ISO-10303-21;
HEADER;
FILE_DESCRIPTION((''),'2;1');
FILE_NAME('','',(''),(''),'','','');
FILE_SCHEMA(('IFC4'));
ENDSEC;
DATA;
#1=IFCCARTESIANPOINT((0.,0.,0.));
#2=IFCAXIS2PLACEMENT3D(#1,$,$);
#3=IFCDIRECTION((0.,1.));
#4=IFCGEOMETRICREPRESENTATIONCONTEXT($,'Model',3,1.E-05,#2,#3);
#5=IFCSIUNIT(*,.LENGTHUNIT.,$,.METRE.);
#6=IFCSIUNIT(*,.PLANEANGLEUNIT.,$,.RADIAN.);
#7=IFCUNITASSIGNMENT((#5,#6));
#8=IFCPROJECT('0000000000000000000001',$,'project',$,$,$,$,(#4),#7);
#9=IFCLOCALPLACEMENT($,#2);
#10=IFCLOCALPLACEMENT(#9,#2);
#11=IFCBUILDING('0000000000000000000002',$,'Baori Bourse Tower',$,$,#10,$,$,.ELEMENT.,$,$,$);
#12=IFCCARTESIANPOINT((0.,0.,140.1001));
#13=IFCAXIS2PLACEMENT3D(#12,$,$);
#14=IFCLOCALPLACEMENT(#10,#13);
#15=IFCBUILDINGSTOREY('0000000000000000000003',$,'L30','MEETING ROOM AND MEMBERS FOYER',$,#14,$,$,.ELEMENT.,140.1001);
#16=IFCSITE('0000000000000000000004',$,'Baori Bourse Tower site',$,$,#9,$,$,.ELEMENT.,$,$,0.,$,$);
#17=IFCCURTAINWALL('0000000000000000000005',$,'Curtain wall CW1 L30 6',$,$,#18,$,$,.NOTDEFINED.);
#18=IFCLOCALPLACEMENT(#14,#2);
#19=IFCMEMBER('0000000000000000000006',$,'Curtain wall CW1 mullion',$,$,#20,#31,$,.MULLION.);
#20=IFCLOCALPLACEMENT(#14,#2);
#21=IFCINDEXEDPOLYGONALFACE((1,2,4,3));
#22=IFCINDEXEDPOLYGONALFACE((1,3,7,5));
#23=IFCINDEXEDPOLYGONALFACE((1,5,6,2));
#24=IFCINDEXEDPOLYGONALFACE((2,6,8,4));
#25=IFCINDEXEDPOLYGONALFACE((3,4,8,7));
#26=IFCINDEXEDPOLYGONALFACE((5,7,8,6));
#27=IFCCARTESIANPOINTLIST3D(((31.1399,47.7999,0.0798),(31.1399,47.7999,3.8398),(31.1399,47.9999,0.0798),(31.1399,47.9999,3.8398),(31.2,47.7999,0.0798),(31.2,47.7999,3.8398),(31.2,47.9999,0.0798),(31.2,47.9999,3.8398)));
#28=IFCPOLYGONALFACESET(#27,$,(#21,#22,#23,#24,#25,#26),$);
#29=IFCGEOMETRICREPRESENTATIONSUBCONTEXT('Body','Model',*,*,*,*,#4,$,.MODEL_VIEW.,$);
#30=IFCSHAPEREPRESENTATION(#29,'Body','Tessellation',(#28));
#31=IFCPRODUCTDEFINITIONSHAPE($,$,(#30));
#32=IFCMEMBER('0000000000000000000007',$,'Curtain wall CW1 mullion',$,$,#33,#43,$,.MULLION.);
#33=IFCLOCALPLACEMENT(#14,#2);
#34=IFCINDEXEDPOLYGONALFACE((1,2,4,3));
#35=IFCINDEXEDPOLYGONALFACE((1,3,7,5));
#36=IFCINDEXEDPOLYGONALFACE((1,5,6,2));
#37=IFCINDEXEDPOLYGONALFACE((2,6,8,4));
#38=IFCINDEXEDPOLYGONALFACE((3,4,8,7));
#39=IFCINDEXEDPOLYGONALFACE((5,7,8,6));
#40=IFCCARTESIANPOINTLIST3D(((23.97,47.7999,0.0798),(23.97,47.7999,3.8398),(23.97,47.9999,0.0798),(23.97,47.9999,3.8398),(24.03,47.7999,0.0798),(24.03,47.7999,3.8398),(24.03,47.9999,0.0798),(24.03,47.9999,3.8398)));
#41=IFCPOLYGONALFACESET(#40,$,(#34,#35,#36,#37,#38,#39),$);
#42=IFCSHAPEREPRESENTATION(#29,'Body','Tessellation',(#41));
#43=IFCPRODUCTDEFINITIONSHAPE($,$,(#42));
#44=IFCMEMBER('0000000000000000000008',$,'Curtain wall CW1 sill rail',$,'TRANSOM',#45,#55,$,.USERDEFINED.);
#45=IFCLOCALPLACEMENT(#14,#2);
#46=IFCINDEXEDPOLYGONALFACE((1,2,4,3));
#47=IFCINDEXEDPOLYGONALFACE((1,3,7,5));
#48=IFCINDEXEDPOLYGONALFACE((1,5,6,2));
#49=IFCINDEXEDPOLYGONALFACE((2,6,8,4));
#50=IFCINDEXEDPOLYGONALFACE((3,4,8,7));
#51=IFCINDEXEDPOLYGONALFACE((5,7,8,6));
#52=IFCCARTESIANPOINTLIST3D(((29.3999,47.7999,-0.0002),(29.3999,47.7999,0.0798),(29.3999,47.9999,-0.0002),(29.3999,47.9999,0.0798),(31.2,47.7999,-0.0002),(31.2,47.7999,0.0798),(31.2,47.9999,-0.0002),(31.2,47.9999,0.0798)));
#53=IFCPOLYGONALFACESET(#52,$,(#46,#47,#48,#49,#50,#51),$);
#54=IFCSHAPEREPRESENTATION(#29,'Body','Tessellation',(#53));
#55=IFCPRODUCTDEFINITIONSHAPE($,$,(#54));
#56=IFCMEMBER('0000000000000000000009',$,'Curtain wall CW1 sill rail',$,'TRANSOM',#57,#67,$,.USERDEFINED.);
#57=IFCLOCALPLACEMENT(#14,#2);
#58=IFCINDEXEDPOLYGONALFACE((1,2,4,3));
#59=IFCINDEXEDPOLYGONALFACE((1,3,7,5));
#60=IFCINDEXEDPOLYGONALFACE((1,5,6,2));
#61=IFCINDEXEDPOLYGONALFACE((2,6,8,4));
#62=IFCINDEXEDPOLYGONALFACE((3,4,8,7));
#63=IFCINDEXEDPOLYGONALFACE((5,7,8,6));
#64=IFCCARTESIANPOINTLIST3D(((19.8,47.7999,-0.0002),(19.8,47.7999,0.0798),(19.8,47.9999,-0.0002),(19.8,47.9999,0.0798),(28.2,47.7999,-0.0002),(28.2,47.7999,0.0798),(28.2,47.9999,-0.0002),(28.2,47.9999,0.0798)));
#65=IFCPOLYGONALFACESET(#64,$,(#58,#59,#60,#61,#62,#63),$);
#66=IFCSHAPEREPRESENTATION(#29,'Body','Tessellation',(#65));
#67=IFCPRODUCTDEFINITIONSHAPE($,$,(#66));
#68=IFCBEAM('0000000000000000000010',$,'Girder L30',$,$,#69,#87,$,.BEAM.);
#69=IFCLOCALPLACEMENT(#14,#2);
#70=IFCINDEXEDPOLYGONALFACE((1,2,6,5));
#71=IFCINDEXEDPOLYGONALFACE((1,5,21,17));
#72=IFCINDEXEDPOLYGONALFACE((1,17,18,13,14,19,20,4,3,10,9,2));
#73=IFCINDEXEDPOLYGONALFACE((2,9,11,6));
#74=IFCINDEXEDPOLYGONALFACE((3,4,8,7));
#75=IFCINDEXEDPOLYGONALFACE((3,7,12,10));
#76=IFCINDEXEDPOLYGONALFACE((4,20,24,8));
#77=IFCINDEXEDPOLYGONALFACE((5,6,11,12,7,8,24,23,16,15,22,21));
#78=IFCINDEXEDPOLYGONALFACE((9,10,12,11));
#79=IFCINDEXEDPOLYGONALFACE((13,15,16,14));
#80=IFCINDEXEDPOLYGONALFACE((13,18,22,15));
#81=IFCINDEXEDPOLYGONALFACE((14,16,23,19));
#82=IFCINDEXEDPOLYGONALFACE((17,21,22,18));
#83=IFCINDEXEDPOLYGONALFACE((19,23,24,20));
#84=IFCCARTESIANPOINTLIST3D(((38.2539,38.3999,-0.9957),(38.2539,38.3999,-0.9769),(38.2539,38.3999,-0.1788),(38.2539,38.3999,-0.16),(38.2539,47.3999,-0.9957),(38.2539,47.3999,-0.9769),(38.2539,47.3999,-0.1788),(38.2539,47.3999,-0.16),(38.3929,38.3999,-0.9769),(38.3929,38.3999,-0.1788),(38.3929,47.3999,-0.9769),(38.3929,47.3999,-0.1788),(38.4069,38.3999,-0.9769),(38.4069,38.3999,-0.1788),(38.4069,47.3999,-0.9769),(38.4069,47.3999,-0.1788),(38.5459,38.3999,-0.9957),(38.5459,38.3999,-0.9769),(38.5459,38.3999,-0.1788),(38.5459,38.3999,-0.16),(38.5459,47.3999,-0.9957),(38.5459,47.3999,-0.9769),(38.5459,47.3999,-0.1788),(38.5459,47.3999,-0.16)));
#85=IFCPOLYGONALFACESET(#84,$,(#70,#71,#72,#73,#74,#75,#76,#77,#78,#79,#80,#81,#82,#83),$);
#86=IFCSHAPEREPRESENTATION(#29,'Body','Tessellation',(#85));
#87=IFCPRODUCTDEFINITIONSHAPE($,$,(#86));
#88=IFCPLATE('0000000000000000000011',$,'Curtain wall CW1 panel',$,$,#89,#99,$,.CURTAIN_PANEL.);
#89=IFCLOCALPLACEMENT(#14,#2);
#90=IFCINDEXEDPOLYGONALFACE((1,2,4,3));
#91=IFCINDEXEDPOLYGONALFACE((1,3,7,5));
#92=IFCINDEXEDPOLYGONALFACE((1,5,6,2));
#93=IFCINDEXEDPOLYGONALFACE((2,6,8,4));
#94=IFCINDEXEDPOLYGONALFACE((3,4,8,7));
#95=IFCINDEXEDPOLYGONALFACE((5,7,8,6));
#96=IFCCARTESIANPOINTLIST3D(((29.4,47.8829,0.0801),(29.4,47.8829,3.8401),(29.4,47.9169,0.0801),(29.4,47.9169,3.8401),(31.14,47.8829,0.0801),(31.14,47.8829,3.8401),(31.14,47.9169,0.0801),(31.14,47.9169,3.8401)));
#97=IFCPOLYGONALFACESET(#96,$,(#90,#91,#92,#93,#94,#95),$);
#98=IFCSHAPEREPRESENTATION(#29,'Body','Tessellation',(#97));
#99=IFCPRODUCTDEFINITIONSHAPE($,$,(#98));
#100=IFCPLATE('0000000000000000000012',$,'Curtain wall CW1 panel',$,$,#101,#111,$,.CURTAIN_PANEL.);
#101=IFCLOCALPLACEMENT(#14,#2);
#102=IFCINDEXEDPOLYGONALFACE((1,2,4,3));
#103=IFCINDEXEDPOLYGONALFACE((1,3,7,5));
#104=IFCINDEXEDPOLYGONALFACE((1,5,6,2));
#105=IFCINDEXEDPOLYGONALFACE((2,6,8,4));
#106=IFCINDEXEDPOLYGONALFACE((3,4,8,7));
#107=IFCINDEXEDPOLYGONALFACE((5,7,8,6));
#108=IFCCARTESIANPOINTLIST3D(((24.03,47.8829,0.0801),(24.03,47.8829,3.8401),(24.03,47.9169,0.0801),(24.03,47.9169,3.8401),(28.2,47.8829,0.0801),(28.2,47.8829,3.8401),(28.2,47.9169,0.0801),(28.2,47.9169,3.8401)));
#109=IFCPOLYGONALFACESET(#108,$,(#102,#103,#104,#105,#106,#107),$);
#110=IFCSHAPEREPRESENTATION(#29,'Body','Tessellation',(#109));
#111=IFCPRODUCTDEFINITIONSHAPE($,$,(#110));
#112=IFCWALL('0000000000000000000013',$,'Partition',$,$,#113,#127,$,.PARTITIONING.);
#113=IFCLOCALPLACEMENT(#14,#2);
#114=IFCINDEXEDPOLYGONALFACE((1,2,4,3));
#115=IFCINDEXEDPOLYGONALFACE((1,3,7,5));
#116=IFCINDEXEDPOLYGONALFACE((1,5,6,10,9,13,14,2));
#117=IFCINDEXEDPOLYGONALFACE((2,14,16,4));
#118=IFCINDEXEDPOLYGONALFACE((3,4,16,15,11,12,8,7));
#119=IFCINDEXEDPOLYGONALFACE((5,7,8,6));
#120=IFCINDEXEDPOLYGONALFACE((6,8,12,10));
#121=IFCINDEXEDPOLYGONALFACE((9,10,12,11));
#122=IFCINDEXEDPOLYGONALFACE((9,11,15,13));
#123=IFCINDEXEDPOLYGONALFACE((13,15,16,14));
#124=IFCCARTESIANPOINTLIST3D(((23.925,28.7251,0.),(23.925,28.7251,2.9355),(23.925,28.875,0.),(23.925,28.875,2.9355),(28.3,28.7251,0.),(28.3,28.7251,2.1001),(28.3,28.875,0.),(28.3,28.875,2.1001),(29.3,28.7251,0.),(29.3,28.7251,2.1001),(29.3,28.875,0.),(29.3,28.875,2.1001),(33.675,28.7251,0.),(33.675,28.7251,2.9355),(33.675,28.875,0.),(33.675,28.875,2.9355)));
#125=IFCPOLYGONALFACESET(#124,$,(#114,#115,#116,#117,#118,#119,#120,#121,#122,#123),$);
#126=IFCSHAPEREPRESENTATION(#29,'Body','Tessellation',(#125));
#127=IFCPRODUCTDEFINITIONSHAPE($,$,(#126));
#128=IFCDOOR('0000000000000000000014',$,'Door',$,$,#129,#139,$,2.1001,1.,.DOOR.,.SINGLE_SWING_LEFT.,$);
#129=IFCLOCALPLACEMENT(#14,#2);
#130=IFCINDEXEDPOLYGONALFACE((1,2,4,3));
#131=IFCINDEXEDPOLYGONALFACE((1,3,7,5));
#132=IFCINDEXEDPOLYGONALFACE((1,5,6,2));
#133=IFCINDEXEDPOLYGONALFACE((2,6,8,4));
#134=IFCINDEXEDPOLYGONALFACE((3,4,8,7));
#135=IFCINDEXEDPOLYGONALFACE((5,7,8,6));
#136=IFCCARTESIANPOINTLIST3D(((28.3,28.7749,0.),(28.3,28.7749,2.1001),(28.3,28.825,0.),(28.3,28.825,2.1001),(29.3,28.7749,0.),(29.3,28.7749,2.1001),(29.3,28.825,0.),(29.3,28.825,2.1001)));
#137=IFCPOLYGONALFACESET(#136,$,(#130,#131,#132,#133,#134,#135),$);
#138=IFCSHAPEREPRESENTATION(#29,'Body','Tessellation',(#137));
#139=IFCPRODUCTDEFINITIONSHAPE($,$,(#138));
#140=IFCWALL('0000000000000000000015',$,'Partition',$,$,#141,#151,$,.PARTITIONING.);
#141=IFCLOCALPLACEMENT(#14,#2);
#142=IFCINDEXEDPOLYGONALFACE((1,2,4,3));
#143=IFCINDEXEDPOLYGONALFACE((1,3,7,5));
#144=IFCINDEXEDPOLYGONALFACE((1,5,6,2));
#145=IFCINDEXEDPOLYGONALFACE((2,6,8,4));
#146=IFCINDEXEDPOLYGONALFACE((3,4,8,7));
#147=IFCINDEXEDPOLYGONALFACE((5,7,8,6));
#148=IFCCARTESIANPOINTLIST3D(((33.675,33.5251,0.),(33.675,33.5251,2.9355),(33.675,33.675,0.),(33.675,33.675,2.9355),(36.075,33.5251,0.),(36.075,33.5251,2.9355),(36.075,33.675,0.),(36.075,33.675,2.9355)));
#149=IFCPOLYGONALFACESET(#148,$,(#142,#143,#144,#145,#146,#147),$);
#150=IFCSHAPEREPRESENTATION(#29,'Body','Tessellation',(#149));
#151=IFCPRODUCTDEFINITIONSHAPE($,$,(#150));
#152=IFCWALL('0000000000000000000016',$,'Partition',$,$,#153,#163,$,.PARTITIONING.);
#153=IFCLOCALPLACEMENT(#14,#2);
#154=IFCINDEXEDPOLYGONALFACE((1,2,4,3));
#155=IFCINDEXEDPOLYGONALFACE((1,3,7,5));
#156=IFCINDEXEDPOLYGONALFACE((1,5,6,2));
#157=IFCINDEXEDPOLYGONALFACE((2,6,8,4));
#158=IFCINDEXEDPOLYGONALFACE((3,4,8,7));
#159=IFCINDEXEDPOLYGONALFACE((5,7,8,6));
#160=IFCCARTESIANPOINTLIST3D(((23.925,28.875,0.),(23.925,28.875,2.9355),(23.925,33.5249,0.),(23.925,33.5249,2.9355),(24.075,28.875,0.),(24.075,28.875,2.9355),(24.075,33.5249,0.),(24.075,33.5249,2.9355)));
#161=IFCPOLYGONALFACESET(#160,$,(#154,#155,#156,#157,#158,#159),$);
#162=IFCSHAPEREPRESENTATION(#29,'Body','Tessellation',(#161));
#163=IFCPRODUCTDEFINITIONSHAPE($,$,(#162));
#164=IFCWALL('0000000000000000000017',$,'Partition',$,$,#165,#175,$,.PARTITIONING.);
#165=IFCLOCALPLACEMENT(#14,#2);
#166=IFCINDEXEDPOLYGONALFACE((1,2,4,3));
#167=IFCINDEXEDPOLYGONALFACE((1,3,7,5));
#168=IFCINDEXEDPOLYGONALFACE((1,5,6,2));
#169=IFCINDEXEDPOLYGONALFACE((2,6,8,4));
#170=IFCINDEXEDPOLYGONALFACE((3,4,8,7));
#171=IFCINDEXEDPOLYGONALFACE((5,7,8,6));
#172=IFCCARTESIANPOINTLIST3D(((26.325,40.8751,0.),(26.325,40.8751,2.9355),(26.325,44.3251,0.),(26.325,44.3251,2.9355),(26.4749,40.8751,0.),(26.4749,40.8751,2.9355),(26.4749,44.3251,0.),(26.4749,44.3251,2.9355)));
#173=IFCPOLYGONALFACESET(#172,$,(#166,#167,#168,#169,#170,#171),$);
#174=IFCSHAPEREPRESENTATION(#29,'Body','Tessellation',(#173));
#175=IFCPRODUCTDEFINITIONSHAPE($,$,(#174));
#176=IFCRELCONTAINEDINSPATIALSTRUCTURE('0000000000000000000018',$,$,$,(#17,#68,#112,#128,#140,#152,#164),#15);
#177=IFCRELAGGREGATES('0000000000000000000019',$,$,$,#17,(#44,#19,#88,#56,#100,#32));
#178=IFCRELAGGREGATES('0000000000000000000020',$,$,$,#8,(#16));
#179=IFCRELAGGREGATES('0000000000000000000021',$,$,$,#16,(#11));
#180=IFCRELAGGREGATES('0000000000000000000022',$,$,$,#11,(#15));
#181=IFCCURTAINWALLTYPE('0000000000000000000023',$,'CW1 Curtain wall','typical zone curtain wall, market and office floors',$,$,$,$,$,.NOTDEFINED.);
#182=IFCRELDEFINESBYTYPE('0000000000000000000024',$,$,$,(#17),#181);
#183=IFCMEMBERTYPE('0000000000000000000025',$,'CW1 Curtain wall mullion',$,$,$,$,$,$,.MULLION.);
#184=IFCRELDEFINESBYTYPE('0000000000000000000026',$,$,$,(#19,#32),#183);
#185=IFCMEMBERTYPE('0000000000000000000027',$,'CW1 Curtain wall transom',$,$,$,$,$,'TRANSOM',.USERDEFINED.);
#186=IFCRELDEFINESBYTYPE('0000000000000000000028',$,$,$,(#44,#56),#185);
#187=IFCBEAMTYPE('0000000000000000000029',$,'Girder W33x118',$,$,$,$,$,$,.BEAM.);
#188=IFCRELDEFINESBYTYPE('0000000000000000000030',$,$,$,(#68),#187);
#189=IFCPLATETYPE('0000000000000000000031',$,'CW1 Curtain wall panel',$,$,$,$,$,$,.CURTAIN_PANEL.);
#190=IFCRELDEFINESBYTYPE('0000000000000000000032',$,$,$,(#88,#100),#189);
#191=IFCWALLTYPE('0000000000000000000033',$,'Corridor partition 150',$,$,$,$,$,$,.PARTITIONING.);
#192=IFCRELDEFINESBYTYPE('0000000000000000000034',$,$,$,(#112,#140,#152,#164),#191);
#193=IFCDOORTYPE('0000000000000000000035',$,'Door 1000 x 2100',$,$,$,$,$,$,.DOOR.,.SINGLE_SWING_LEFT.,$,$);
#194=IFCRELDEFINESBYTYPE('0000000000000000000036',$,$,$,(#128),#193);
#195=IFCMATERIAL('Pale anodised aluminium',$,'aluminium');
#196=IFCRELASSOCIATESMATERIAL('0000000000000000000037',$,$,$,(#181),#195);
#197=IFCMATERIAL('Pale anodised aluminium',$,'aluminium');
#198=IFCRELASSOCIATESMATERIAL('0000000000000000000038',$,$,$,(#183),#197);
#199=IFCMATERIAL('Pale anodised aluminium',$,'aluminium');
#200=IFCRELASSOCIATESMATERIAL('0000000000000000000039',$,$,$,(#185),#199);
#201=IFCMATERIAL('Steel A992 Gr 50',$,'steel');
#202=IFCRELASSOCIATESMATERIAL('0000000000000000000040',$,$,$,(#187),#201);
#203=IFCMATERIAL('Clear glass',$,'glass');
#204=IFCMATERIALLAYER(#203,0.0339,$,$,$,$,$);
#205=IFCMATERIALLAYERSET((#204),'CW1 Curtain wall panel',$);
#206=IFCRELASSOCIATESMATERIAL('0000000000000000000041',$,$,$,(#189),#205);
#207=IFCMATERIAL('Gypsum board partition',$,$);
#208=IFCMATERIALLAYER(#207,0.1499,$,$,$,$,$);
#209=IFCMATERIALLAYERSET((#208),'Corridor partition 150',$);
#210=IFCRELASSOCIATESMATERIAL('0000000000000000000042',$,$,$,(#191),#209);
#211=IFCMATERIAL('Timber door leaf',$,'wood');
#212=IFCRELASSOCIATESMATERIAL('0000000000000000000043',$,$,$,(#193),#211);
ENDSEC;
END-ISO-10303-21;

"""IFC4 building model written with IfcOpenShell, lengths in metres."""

from ifc_helpers import new_model, si_unit, direction, frame, frame_2d, origin, origin_2d, place, context, subcontext, project, spatial, rectangle, i_section, extrude, material, layer, layer_set, material_profile, profile_set, type_object, element, fill, aggregate, save


model = new_model("IFC4")

# Units and contexts
model_context = context("Model", 3, precision=1e-05, world=origin(), true_north=direction((0.0, 1.0)))
body_context = subcontext(model_context, "Body", "Model", "MODEL_VIEW")
ifc_project = project(units=[si_unit("LENGTHUNIT", "METRE"), si_unit("PLANEANGLEUNIT", "RADIAN")], contexts=[model_context])

# Site, building, storey
site_placement = place(None, origin())
site = spatial("IfcSite", under=ifc_project, at=site_placement, Name="Baori Bourse Tower site", CompositionType="ELEMENT", RefElevation=0.0)
building_placement = place(site_placement, origin())
building = spatial("IfcBuilding", under=site, at=building_placement, Name="Baori Bourse Tower", CompositionType="ELEMENT")
storey_placement = place(building_placement, frame((0.0, 0.0, 140.1001)))
storey = spatial("IfcBuildingStorey", under=building, at=storey_placement, Name="L30", Description="MEETING ROOM AND MEMBERS FOYER", CompositionType="ELEMENT", Elevation=140.1001)

# Curtain wall, members
ifc_material_1 = material(Name="Pale anodised aluminium", Category="aluminium")
curtain_wall_type = type_object("IfcCurtainWallType", Name="CW1 Curtain wall", Description="typical zone curtain wall, market and office floors", PredefinedType="NOTDEFINED", material=ifc_material_1)
curtain_wall_placement = place(storey_placement, origin())
curtain_wall = element("IfcCurtainWall", 1, at=curtain_wall_placement, inside=storey, type_object=curtain_wall_type, Name="Curtain wall CW1 L30 6", PredefinedType="NOTDEFINED")
ifc_material_2 = material(Name="Pale anodised aluminium", Category="aluminium")
ifc_material_profile_1 = material_profile(ifc_material_2, rectangle(XDim=0.2, YDim=0.0601, at=origin_2d()), Name="Mullion 60x200")
ifc_profile_set_1 = profile_set([ifc_material_profile_1], Name="Pale anodised aluminium")
member_type_1 = type_object("IfcMemberType", Name="CW1 Curtain wall mullion", PredefinedType="MULLION", material=ifc_profile_set_1)
member_1_placement = place(storey_placement, frame((31.1699, 47.8999, 0.0798), z_axis=(0.0, 0.0, 1.0), x_axis=(0.0, -1.0, 0.0)))
member_1 = element("IfcMember", 2, at=member_1_placement, type_object=member_type_1, Name="Curtain wall CW1 mullion", PredefinedType="MULLION", context=body_context, shape_type="SweptSolid", body=[
    extrude(rectangle(XDim=0.2, YDim=0.0601, at=origin_2d()), origin(), (0.0, 0.0, 1.0), 3.76),
])
member_2_placement = place(storey_placement, frame((24.0, 47.8999, 0.0798), z_axis=(0.0, 0.0, 1.0), x_axis=(0.0, -1.0, 0.0)))
member_2 = element("IfcMember", 3, at=member_2_placement, type_object=member_type_1, Name="Curtain wall CW1 mullion", PredefinedType="MULLION", context=body_context, shape_type="SweptSolid", body=[
    extrude(rectangle(XDim=0.2, YDim=0.0601, at=origin_2d()), origin(), (0.0, 0.0, 1.0), 3.76),
])
ifc_material_3 = material(Name="Pale anodised aluminium", Category="aluminium")
ifc_material_profile_2 = material_profile(ifc_material_3, rectangle(XDim=0.2, YDim=0.0801, at=origin_2d()), Name="Transom 80x200")
ifc_profile_set_2 = profile_set([ifc_material_profile_2], Name="Pale anodised aluminium")
member_type_2 = type_object("IfcMemberType", Name="CW1 Curtain wall transom", ElementType="TRANSOM", PredefinedType="USERDEFINED", material=ifc_profile_set_2)
member_3_placement = place(storey_placement, frame((31.2, 47.8999, 0.0398), z_axis=(-1.0, 0.0, 0.0), x_axis=(0.0, -1.0, 0.0)))
member_3 = element("IfcMember", 4, at=member_3_placement, type_object=member_type_2, Name="Curtain wall CW1 sill rail", ObjectType="TRANSOM", PredefinedType="USERDEFINED", context=body_context, shape_type="SweptSolid", body=[
    extrude(rectangle(XDim=0.2, YDim=0.0801, at=origin_2d()), origin(), (0.0, 0.0, 1.0), 1.8),
])
member_4_placement = place(storey_placement, frame((28.2, 47.8999, 0.0398), z_axis=(-1.0, 0.0, 0.0), x_axis=(0.0, -1.0, 0.0)))
member_4 = element("IfcMember", 5, at=member_4_placement, type_object=member_type_2, Name="Curtain wall CW1 sill rail", ObjectType="TRANSOM", PredefinedType="USERDEFINED", context=body_context, shape_type="SweptSolid", body=[
    extrude(rectangle(XDim=0.2, YDim=0.0801, at=origin_2d()), origin(), (0.0, 0.0, 1.0), 8.3999),
])

# Beam
ifc_material_4 = material(Name="Steel A992 Gr 50", Category="steel")
ifc_material_profile_3 = material_profile(ifc_material_4, i_section(OverallWidth=0.292, OverallDepth=0.8357, WebThickness=0.0139, FlangeThickness=0.0188, at=origin_2d()), Name="W33x118")
ifc_profile_set_3 = profile_set([ifc_material_profile_3], Name="Steel A992 Gr 50")
beam_type = type_object("IfcBeamType", Name="Girder W33x118", PredefinedType="BEAM", material=ifc_profile_set_3)
beam_placement = place(storey_placement, frame((38.3999, 38.3999, -0.5779), z_axis=(0.0, 1.0, 0.0), x_axis=(-1.0, 0.0, 0.0)))
element("IfcBeam", 6, at=beam_placement, inside=storey, type_object=beam_type, Name="Girder L30", PredefinedType="BEAM", context=body_context, shape_type="SweptSolid", body=[
    extrude(i_section(OverallWidth=0.292, OverallDepth=0.8357, WebThickness=0.0139, FlangeThickness=0.0188, at=origin_2d()), origin(), (0.0, 0.0, 1.0), 9.0),
])

# Plates
ifc_material_5 = material(Name="Clear glass", Category="glass")
ifc_layer_1 = layer(ifc_material_5, 0.0339)
ifc_layer_set_1 = layer_set([ifc_layer_1], Name="CW1 Curtain wall panel")
plate_type = type_object("IfcPlateType", Name="CW1 Curtain wall panel", PredefinedType="CURTAIN_PANEL", material=ifc_layer_set_1)
plate_1_placement = place(storey_placement, frame((30.27, 47.8999, 0.0801), z_axis=(0.0, 0.0, 1.0), x_axis=(-1.0, 0.0, 0.0)))
plate_1 = element("IfcPlate", 7, at=plate_1_placement, type_object=plate_type, Name="Curtain wall CW1 panel", PredefinedType="CURTAIN_PANEL", context=body_context, shape_type="SweptSolid", body=[
    extrude(rectangle(XDim=1.74, YDim=0.0339, at=origin_2d()), origin(), (0.0, 0.0, 1.0), 3.76),
])
plate_2_placement = place(storey_placement, frame((26.115, 47.8999, 0.0801), z_axis=(0.0, 0.0, 1.0), x_axis=(-1.0, 0.0, 0.0)))
plate_2 = element("IfcPlate", 8, at=plate_2_placement, type_object=plate_type, Name="Curtain wall CW1 panel", PredefinedType="CURTAIN_PANEL", context=body_context, shape_type="SweptSolid", body=[
    extrude(rectangle(XDim=4.1699, YDim=0.0339, at=origin_2d()), origin(), (0.0, 0.0, 1.0), 3.76),
])
aggregate(curtain_wall, [member_3, member_1, plate_1, member_4, plate_2, member_2])

# Wall, opening, door
ifc_material_6 = material(Name="Gypsum board partition")
ifc_layer_2 = layer(ifc_material_6, 0.1499)
ifc_layer_set_2 = layer_set([ifc_layer_2], Name="Corridor partition 150")
wall_type_1 = type_object("IfcWallType", Name="Corridor partition 150", PredefinedType="PARTITIONING", material=ifc_layer_set_2)
wall_1_placement = place(storey_placement, frame((23.925, 28.8, 0.0), z_axis=(0.0, 0.0, 1.0), x_axis=(1.0, 0.0, 0.0)))
wall_1 = element("IfcWall", 9, at=wall_1_placement, inside=storey, type_object=wall_type_1, Name="Partition", PredefinedType="PARTITIONING", context=body_context, shape_type="SweptSolid", body=[
    extrude(rectangle(XDim=9.75, YDim=0.1499, at=frame_2d((4.875, 0.0))), origin(), (0.0, 0.0, 1.0), 2.9355),
])
opening_1_placement = place(wall_1_placement, frame((4.375, 0.0, 0.0)))
opening_1 = element("IfcOpeningElement", 10, at=opening_1_placement, cuts=wall_1, PredefinedType="OPENING", context=body_context, shape_type="SweptSolid", body=[
    extrude(rectangle(XDim=1.0, YDim=2.1001, at=frame_2d((0.5, 1.05))), frame((0.0, 0.085, 0.0), z_axis=(0.0, -1.0, 0.0), x_axis=(1.0, 0.0, 0.0)), (0.0, 0.0, 1.0), 0.1699),
])
ifc_material_7 = material(Name="Timber door leaf", Category="wood")
door_type_1 = type_object("IfcDoorType", Name="Door 1000 x 2100", OperationType="SINGLE_SWING_LEFT", PredefinedType="DOOR", material=ifc_material_7)
door_1_placement = place(opening_1_placement, origin())
door_1 = element("IfcDoor", 11, at=door_1_placement, inside=storey, type_object=door_type_1, Name="Door", OperationType="SINGLE_SWING_LEFT", OverallHeight=2.1001, OverallWidth=1.0, PredefinedType="DOOR", context=body_context, shape_type="SweptSolid", body=[
    extrude(rectangle(XDim=1.0, YDim=2.1001, at=frame_2d((0.5, 1.05))), frame((0.0, 0.0249, 0.0), z_axis=(0.0, -1.0, 0.0), x_axis=(1.0, 0.0, 0.0)), (0.0, 0.0, 1.0), 0.05),
])
fill(opening_1, door_1)

# Walls
wall_2_placement = place(storey_placement, frame((33.675, 33.6001, 0.0), z_axis=(0.0, 0.0, 1.0), x_axis=(1.0, 0.0, 0.0)))
element("IfcWall", 12, at=wall_2_placement, inside=storey, type_object=wall_type_1, Name="Partition", PredefinedType="PARTITIONING", context=body_context, shape_type="SweptSolid", body=[
    extrude(rectangle(XDim=2.3999, YDim=0.1499, at=frame_2d((1.2, 0.0))), origin(), (0.0, 0.0, 1.0), 2.9355),
])
wall_3_placement = place(storey_placement, frame((24.0, 28.875, 0.0), z_axis=(0.0, 0.0, 1.0), x_axis=(0.0, 1.0, 0.0)))
element("IfcWall", 13, at=wall_3_placement, inside=storey, type_object=wall_type_1, Name="Partition", PredefinedType="PARTITIONING", context=body_context, shape_type="SweptSolid", body=[
    extrude(rectangle(XDim=4.6499, YDim=0.1499, at=frame_2d((2.325, 0.0))), origin(), (0.0, 0.0, 1.0), 2.9355),
])
wall_4_placement = place(storey_placement, frame((26.3999, 40.875, 0.0), z_axis=(0.0, 0.0, 1.0), x_axis=(0.0, 1.0, 0.0)))
element("IfcWall", 14, at=wall_4_placement, inside=storey, type_object=wall_type_1, Name="Partition", PredefinedType="PARTITIONING", context=body_context, shape_type="SweptSolid", body=[
    extrude(rectangle(XDim=3.45, YDim=0.1499, at=frame_2d((1.7251, 0.0))), origin(), (0.0, 0.0, 1.0), 2.9355),
])

save(model, "model.ifc")
